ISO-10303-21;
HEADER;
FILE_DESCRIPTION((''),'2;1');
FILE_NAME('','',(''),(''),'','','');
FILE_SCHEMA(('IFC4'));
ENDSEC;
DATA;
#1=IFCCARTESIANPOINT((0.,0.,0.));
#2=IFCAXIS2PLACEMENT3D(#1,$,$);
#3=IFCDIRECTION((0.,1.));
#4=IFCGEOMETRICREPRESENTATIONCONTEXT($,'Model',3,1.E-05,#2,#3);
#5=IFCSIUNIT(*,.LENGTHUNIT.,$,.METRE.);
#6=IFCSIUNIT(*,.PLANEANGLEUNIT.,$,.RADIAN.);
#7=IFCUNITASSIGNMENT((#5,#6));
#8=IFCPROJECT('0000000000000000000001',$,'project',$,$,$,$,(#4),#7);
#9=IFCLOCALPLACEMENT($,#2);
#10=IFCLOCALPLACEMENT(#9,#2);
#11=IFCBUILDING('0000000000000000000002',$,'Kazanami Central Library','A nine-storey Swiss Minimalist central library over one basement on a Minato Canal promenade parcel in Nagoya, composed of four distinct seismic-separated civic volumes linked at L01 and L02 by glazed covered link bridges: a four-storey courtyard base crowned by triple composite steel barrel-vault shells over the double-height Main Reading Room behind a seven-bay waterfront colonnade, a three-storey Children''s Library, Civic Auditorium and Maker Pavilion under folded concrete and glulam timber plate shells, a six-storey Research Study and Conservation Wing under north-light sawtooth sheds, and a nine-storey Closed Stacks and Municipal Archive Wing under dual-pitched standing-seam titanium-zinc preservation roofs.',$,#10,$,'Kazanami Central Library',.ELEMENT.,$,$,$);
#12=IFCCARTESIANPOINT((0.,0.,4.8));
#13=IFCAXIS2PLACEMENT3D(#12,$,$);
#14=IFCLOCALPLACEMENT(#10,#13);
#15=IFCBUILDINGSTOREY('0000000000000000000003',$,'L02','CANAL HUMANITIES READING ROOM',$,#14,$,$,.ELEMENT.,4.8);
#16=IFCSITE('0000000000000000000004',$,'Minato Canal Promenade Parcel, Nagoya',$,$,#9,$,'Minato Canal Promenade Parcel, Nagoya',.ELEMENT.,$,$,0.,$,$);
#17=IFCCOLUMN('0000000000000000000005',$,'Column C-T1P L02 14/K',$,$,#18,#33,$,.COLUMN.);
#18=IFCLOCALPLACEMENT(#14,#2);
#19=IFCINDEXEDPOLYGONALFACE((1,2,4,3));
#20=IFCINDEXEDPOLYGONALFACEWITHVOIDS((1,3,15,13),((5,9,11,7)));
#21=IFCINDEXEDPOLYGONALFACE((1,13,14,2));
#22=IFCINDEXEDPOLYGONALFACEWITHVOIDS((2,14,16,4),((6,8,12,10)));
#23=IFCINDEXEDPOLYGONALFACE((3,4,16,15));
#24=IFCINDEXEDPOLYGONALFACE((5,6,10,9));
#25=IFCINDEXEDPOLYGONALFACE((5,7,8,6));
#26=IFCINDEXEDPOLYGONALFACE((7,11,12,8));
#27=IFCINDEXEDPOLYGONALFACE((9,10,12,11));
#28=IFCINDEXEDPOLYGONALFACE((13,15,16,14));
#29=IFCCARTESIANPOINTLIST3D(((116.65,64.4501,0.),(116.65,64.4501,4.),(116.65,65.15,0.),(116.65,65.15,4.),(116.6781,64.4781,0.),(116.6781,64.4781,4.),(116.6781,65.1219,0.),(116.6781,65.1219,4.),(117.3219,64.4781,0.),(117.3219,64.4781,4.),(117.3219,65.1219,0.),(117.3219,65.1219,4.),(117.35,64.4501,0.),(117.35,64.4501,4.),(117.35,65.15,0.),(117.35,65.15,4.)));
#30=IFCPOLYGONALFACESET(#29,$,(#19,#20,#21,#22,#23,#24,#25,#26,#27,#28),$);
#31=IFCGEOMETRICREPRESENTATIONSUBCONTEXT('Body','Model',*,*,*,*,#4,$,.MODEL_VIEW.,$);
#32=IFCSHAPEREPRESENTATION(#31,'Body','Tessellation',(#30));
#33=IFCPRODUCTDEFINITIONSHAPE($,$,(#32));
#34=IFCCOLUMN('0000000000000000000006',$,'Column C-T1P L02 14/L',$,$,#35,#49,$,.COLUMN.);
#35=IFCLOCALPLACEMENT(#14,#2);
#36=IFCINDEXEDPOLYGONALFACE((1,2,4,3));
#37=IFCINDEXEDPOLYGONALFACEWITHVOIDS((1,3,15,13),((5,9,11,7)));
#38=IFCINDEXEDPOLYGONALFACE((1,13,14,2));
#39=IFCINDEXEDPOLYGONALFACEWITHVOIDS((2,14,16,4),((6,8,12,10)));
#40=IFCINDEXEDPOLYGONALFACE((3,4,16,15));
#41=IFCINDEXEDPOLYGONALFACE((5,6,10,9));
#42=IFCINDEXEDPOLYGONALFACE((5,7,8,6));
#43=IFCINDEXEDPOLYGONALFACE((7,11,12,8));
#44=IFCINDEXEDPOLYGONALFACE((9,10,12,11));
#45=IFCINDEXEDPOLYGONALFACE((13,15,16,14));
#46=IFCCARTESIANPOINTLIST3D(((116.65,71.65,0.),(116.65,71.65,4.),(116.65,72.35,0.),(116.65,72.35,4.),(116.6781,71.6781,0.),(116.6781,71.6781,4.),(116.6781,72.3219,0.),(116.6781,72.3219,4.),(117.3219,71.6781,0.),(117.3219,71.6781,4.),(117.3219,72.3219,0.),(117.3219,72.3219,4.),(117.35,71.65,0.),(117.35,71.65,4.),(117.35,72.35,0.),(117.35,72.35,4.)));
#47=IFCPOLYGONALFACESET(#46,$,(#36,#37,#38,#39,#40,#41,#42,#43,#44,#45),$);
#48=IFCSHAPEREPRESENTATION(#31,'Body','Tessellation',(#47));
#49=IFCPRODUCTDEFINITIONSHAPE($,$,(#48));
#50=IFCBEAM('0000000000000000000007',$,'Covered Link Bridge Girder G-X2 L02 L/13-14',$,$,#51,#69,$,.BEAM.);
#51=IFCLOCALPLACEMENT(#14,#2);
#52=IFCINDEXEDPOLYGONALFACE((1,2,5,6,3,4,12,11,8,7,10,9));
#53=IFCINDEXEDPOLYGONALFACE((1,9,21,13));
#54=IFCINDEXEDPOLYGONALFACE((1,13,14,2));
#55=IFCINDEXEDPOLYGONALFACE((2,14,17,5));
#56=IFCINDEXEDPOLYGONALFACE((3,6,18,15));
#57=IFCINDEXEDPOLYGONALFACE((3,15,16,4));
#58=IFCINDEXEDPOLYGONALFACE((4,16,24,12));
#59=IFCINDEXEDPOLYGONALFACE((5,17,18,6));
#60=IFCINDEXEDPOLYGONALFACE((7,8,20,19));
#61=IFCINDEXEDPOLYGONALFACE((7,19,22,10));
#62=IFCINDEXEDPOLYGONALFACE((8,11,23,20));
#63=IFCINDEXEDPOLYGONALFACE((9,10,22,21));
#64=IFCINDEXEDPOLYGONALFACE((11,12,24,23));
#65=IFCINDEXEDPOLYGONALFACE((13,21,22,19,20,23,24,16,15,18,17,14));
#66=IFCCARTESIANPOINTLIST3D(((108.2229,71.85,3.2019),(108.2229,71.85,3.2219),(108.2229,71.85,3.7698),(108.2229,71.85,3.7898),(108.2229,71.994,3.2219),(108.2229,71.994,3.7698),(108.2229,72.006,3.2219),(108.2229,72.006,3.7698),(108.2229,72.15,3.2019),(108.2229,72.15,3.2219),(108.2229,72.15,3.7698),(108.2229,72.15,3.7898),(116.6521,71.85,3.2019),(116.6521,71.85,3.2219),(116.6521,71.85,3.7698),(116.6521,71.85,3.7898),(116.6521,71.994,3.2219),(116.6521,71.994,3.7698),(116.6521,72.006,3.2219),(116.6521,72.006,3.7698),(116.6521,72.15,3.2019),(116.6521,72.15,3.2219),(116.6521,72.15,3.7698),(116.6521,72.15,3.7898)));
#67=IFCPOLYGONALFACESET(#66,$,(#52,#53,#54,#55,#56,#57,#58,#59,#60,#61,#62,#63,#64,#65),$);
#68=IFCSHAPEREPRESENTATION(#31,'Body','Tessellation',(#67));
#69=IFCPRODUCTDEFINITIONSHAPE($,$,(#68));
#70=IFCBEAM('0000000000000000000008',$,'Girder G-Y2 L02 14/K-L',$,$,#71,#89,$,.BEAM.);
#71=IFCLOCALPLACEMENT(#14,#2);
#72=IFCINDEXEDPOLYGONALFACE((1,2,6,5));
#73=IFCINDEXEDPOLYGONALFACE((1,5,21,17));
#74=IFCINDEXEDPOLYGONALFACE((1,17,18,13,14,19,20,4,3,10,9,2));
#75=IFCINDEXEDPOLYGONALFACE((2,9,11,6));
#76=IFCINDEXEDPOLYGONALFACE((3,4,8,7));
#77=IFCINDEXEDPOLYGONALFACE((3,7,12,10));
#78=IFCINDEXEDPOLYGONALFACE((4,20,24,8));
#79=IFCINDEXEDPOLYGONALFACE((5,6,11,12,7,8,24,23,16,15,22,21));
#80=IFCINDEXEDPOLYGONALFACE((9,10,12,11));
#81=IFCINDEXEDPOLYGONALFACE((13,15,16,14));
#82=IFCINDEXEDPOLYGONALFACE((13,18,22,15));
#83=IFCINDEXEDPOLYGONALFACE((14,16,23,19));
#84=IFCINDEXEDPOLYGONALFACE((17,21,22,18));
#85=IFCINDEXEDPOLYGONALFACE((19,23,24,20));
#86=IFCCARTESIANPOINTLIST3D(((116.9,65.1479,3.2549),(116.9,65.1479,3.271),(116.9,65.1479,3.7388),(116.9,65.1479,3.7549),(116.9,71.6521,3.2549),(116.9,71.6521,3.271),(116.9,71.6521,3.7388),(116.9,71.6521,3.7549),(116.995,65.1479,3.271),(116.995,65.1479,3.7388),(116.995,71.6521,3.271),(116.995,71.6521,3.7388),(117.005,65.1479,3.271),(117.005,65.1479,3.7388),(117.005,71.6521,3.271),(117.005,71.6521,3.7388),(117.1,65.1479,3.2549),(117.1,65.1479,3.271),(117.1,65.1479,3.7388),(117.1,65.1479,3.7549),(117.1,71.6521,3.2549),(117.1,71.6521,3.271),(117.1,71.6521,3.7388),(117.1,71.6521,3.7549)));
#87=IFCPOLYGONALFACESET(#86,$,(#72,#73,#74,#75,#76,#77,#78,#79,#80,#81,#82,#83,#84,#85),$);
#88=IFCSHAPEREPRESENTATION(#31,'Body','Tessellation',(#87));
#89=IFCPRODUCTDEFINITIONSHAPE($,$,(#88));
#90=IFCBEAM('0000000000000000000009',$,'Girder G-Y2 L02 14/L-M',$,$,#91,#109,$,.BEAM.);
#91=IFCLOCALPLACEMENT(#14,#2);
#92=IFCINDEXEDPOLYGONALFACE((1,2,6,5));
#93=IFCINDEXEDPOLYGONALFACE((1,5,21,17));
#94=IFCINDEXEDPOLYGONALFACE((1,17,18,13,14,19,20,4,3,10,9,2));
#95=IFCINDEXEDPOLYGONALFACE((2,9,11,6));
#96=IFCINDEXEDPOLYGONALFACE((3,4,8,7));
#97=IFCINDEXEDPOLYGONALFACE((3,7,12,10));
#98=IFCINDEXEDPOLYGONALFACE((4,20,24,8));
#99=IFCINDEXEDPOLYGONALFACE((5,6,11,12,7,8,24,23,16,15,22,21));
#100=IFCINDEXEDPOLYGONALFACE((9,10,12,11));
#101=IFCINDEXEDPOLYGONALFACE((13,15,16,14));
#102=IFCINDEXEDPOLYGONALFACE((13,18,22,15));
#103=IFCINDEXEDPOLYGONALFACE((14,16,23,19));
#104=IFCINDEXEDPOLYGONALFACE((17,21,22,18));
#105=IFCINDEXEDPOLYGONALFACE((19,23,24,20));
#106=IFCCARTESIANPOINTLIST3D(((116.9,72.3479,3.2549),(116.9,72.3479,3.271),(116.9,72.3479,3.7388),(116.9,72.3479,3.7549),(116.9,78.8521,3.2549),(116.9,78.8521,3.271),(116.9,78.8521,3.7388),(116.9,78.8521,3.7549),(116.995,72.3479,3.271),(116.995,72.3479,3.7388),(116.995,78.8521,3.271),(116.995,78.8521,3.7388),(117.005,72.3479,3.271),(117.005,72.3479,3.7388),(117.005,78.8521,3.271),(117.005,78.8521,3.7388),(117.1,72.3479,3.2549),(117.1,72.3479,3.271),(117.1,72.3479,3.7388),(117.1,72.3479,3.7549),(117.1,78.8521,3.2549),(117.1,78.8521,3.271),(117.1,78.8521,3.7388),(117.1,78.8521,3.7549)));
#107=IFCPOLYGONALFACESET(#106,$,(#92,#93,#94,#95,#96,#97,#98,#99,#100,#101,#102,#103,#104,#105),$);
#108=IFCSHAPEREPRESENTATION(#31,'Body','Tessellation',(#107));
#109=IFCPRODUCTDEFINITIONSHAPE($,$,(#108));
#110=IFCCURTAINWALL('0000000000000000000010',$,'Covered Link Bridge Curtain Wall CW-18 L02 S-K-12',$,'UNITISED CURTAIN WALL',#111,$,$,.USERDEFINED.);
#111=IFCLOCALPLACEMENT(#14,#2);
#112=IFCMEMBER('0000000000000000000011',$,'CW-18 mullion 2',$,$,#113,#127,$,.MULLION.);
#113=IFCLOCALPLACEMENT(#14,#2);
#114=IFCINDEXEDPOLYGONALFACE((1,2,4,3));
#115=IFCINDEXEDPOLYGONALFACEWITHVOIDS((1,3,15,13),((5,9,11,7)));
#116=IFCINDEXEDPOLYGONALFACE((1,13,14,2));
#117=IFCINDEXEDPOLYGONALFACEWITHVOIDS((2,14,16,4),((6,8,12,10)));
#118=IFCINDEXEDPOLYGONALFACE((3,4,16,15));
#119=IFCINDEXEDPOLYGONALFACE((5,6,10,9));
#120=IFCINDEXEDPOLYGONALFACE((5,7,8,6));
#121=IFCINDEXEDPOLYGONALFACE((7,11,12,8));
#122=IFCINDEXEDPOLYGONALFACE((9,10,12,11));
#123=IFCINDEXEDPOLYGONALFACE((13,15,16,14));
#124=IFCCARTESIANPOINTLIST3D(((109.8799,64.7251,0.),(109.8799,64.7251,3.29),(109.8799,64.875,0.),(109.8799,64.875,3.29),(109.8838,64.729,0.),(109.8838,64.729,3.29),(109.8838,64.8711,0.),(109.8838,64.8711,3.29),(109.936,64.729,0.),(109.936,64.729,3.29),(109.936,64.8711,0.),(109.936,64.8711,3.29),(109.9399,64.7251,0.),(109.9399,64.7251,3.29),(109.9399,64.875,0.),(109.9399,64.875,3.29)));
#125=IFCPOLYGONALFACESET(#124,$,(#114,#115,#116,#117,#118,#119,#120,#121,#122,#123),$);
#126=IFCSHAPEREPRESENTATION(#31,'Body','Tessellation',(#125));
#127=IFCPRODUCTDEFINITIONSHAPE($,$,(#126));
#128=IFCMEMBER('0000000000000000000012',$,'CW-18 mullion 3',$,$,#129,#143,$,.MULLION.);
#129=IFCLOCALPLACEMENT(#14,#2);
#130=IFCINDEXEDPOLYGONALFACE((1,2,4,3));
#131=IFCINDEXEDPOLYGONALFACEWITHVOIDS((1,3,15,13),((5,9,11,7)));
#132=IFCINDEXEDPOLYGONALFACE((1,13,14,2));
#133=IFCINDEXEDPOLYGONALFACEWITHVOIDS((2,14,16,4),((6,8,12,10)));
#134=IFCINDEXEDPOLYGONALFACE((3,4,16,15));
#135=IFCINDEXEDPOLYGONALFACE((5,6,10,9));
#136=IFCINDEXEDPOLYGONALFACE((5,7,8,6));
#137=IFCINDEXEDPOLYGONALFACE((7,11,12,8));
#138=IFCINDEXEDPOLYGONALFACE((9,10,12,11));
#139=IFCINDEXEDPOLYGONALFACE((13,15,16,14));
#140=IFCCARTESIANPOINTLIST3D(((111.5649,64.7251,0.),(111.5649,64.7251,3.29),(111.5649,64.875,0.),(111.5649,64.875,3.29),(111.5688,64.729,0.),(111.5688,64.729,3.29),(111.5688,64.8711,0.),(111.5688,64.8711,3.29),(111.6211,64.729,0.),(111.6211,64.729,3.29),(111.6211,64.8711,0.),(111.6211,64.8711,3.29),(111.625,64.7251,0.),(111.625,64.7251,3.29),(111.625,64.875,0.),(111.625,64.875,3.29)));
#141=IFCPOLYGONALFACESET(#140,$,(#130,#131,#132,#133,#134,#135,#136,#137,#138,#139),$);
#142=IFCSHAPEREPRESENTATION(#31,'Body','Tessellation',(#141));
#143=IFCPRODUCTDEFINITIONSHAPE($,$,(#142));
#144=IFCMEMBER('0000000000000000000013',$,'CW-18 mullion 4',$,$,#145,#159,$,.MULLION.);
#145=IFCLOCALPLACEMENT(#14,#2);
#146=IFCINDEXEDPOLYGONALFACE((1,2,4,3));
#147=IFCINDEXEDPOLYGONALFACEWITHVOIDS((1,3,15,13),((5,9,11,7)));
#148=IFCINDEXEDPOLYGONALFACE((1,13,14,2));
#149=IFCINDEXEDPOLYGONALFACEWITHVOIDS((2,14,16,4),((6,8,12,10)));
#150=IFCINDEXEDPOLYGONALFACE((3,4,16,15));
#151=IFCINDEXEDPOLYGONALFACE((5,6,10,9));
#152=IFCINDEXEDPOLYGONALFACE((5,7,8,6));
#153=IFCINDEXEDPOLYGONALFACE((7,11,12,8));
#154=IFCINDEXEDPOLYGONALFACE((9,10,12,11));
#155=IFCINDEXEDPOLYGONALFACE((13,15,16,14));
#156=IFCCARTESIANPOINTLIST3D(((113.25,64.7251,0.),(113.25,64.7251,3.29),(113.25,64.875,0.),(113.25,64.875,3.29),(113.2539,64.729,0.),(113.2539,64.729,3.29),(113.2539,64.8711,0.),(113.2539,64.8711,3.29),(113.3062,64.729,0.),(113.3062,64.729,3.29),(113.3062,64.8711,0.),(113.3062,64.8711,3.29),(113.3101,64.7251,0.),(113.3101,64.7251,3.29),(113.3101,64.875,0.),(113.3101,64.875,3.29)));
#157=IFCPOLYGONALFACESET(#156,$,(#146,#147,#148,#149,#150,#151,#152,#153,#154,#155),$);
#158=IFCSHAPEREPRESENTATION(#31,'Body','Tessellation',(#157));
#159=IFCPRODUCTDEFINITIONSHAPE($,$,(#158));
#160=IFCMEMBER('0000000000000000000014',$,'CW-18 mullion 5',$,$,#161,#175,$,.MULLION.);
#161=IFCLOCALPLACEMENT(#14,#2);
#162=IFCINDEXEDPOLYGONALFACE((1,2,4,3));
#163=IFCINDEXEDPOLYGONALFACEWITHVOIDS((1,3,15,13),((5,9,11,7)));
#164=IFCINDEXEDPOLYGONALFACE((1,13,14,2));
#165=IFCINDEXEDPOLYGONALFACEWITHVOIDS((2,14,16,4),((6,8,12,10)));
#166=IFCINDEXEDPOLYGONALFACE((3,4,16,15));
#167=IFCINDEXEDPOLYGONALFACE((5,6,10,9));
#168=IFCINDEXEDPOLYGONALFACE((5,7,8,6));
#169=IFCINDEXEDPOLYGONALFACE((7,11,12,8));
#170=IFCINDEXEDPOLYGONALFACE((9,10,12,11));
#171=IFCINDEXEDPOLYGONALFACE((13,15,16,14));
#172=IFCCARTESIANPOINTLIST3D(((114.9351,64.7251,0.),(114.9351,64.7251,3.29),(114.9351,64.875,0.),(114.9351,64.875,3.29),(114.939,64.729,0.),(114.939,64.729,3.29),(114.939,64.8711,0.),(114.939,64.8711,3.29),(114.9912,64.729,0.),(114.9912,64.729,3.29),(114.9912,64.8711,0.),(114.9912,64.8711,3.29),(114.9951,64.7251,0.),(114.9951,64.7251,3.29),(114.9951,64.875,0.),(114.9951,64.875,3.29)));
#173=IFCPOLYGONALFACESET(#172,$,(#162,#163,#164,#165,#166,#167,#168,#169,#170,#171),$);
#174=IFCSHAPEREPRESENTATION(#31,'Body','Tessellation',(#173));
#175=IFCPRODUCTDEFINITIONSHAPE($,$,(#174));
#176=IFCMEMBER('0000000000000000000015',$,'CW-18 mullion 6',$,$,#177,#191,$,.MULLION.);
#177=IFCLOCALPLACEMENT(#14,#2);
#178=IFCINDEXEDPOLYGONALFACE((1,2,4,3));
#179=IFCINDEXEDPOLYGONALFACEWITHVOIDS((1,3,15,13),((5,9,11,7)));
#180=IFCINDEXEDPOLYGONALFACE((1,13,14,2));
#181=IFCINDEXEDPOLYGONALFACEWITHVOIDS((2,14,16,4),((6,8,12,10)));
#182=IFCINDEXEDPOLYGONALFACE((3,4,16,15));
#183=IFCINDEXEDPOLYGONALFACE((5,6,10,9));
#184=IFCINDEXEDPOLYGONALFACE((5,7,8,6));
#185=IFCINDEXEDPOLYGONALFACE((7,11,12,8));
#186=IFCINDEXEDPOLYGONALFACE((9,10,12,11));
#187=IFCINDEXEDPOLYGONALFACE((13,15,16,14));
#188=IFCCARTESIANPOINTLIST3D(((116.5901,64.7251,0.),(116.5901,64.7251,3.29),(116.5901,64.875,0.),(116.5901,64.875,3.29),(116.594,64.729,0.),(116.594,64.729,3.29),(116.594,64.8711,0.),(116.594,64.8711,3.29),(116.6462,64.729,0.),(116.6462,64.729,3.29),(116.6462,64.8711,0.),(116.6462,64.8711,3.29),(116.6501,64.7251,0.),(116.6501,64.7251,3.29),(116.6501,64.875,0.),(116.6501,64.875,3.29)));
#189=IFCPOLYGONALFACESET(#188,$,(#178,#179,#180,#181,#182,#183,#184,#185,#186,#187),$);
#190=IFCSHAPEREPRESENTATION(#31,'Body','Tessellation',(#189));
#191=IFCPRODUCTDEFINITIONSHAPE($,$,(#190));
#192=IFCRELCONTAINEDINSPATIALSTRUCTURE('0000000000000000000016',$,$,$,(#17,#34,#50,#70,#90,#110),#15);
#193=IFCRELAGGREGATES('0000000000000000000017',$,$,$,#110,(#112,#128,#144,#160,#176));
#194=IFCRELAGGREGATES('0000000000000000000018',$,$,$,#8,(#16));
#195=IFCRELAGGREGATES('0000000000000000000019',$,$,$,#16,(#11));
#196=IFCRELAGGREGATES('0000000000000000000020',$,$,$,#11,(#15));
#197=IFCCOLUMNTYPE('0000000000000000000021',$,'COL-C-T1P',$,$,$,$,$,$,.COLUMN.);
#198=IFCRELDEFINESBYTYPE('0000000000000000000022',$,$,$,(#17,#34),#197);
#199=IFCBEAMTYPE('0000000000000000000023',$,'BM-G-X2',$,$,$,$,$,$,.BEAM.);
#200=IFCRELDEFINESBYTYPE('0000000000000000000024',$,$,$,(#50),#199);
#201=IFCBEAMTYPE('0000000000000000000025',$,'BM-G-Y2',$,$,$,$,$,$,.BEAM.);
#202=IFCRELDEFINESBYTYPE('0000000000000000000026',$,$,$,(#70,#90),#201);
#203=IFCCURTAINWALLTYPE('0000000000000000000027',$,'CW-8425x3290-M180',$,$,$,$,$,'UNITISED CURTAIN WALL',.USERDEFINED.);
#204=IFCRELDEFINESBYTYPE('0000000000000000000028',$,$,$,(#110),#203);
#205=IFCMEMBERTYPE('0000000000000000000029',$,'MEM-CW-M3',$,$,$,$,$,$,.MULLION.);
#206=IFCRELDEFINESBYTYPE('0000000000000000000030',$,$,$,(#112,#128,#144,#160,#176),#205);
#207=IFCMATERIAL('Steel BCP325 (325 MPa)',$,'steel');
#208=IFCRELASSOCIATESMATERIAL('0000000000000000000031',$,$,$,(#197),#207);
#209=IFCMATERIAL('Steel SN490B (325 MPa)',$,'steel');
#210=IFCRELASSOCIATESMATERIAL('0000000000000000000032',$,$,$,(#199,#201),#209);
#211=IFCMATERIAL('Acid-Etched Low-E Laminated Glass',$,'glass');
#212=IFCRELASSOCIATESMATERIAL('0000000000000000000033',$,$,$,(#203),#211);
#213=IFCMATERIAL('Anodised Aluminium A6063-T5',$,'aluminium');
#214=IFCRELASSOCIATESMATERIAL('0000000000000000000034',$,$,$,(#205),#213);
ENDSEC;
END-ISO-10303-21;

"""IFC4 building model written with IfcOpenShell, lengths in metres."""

from ifc_helpers import new_model, si_unit, direction, frame, origin, origin_2d, place, context, subcontext, project, spatial, hollow_rectangle, i_section, extrude, material, material_profile, profile_set, type_object, element, aggregate, save


model = new_model("IFC4")

# Units and contexts
model_context = context("Model", 3, precision=1e-05, world=origin(), true_north=direction((0.0, 1.0)))
body_context = subcontext(model_context, "Body", "Model", "MODEL_VIEW")
ifc_project = project(units=[si_unit("LENGTHUNIT", "METRE"), si_unit("PLANEANGLEUNIT", "RADIAN")], contexts=[model_context])

# Site, building, storey
site_placement = place(None, origin())
site = spatial("IfcSite", under=ifc_project, at=site_placement, Name="Minato Canal Promenade Parcel, Nagoya", LongName="Minato Canal Promenade Parcel, Nagoya", CompositionType="ELEMENT", RefElevation=0.0)
building_placement = place(site_placement, origin())
building = spatial("IfcBuilding", under=site, at=building_placement, Name="Kazanami Central Library", Description="A nine-storey Swiss Minimalist central library over one basement on a Minato Canal promenade parcel in Nagoya, composed of four distinct seismic-separated civic volumes linked at L01 and L02 by glazed covered link bridges: a four-storey courtyard base crowned by triple composite steel barrel-vault shells over the double-height Main Reading Room behind a seven-bay waterfront colonnade, a three-storey Children's Library, Civic Auditorium and Maker Pavilion under folded concrete and glulam timber plate shells, a six-storey Research Study and Conservation Wing under north-light sawtooth sheds, and a nine-storey Closed Stacks and Municipal Archive Wing under dual-pitched standing-seam titanium-zinc preservation roofs.", LongName="Kazanami Central Library", CompositionType="ELEMENT")
storey_placement = place(building_placement, frame((0.0, 0.0, 4.8)))
storey = spatial("IfcBuildingStorey", under=building, at=storey_placement, Name="L02", Description="CANAL HUMANITIES READING ROOM", CompositionType="ELEMENT", Elevation=4.8)

# Columns
ifc_material_1 = material(Name="Steel BCP325 (325 MPa)", Category="steel")
ifc_material_profile_1 = material_profile(ifc_material_1, hollow_rectangle(XDim=0.7, YDim=0.7, WallThickness=0.0281, at=origin_2d()), Name="BCP-700x700x28")
ifc_profile_set_1 = profile_set([ifc_material_profile_1], Name="Steel BCP325 (325 MPa)")
column_type = type_object("IfcColumnType", Name="COL-C-T1P", PredefinedType="COLUMN", material=ifc_profile_set_1)
for number, where, z_axis, x_axis, name in (
    (1, (117.0, 64.8, 0.0), (0.0, 0.0, 1.0), (1.0, 0.0, 0.0), "Column C-T1P L02 14/K"),
    (2, (117.0, 72.0, 0.0), (0.0, 0.0, 1.0), (1.0, 0.0, 0.0), "Column C-T1P L02 14/L"),
):
    element("IfcColumn", number, at=place(storey_placement, frame(where, z_axis=z_axis, x_axis=x_axis)), inside=storey, type_object=column_type, Name=name, PredefinedType="COLUMN", context=body_context, shape_type="SweptSolid", body=[
        extrude(hollow_rectangle(XDim=0.7, YDim=0.7, WallThickness=0.0281, at=origin_2d()), origin(), (0.0, 0.0, 1.0), 4.0),
    ])

# Beams
ifc_material_2 = material(Name="Steel SN490B (325 MPa)", Category="steel")
ifc_material_profile_2 = material_profile(ifc_material_2, i_section(OverallWidth=0.3, OverallDepth=0.5879, WebThickness=0.012, FlangeThickness=0.02, at=origin_2d()), Name="H-588x300x12x20")
ifc_profile_set_2 = profile_set([ifc_material_profile_2], Name="Steel SN490B (325 MPa)")
beam_type_1 = type_object("IfcBeamType", Name="BM-G-X2", PredefinedType="BEAM", material=ifc_profile_set_2)
beam_placement = place(storey_placement, frame((108.2229, 72.0, 3.4958), z_axis=(1.0, 0.0, 0.0), x_axis=(0.0, 1.0, 0.0)))
element("IfcBeam", 3, at=beam_placement, inside=storey, type_object=beam_type_1, Name="Covered Link Bridge Girder G-X2 L02 L/13-14", PredefinedType="BEAM", context=body_context, shape_type="SweptSolid", body=[
    extrude(i_section(OverallWidth=0.3, OverallDepth=0.5879, WebThickness=0.012, FlangeThickness=0.02, at=origin_2d()), origin(), (0.0, 0.0, 1.0), 8.4292),
])
ifc_material_profile_3 = material_profile(ifc_material_2, i_section(OverallWidth=0.2, OverallDepth=0.5, WebThickness=0.01, FlangeThickness=0.0161, at=origin_2d()), Name="H-500x200x10x16")
ifc_profile_set_3 = profile_set([ifc_material_profile_3], Name="Steel SN490B (325 MPa)")
beam_type_2 = type_object("IfcBeamType", Name="BM-G-Y2", PredefinedType="BEAM", material=ifc_profile_set_3)
for number, where, z_axis, x_axis, name in (
    (4, (117.0, 65.1479, 3.5049), (0.0, 1.0, 0.0), (-1.0, 0.0, 0.0), "Girder G-Y2 L02 14/K-L"),
    (5, (117.0, 72.3479, 3.5049), (0.0, 1.0, 0.0), (-1.0, 0.0, 0.0), "Girder G-Y2 L02 14/L-M"),
):
    element("IfcBeam", number, at=place(storey_placement, frame(where, z_axis=z_axis, x_axis=x_axis)), inside=storey, type_object=beam_type_2, Name=name, PredefinedType="BEAM", context=body_context, shape_type="SweptSolid", body=[
        extrude(i_section(OverallWidth=0.2, OverallDepth=0.5, WebThickness=0.01, FlangeThickness=0.0161, at=origin_2d()), origin(), (0.0, 0.0, 1.0), 6.5042),
    ])

# Curtain wall, members
ifc_material_3 = material(Name="Acid-Etched Low-E Laminated Glass", Category="glass")
curtain_wall_type = type_object("IfcCurtainWallType", Name="CW-8425x3290-M180", ElementType="UNITISED CURTAIN WALL", PredefinedType="USERDEFINED", material=ifc_material_3)
curtain_wall_placement = place(storey_placement, origin())
curtain_wall = element("IfcCurtainWall", 6, at=curtain_wall_placement, inside=storey, type_object=curtain_wall_type, Name="Covered Link Bridge Curtain Wall CW-18 L02 S-K-12", ObjectType="UNITISED CURTAIN WALL", PredefinedType="USERDEFINED")
ifc_material_4 = material(Name="Anodised Aluminium A6063-T5", Category="aluminium")
ifc_material_profile_4 = material_profile(ifc_material_4, hollow_rectangle(XDim=0.0601, YDim=0.1499, WallThickness=0.0039, at=origin_2d()), Name="ALU-MULL-60x150x4")
ifc_profile_set_4 = profile_set([ifc_material_profile_4], Name="Anodised Aluminium A6063-T5")
member_type_1 = type_object("IfcMemberType", Name="MEM-CW-M3", PredefinedType="MULLION", material=ifc_profile_set_4)
member_1_placement = place(storey_placement, frame((109.9099, 64.8, 0.0), z_axis=(0.0, 0.0, 1.0), x_axis=(1.0, 0.0, 0.0)))
member_1 = element("IfcMember", 7, at=member_1_placement, type_object=member_type_1, Name="CW-18 mullion 2", PredefinedType="MULLION", context=body_context, shape_type="SweptSolid", body=[
    extrude(hollow_rectangle(XDim=0.0601, YDim=0.1499, WallThickness=0.0039, at=origin_2d()), origin(), (0.0, 0.0, 1.0), 3.29),
])
member_2_placement = place(storey_placement, frame((111.595, 64.8, 0.0), z_axis=(0.0, 0.0, 1.0), x_axis=(1.0, 0.0, 0.0)))
member_2 = element("IfcMember", 8, at=member_2_placement, type_object=member_type_1, Name="CW-18 mullion 3", PredefinedType="MULLION", context=body_context, shape_type="SweptSolid", body=[
    extrude(hollow_rectangle(XDim=0.0601, YDim=0.1499, WallThickness=0.0039, at=origin_2d()), origin(), (0.0, 0.0, 1.0), 3.29),
])
member_3_placement = place(storey_placement, frame((113.28, 64.8, 0.0), z_axis=(0.0, 0.0, 1.0), x_axis=(1.0, 0.0, 0.0)))
member_3 = element("IfcMember", 9, at=member_3_placement, type_object=member_type_1, Name="CW-18 mullion 4", PredefinedType="MULLION", context=body_context, shape_type="SweptSolid", body=[
    extrude(hollow_rectangle(XDim=0.0601, YDim=0.1499, WallThickness=0.0039, at=origin_2d()), origin(), (0.0, 0.0, 1.0), 3.29),
])
member_4_placement = place(storey_placement, frame((114.9651, 64.8, 0.0), z_axis=(0.0, 0.0, 1.0), x_axis=(1.0, 0.0, 0.0)))
member_4 = element("IfcMember", 10, at=member_4_placement, type_object=member_type_1, Name="CW-18 mullion 5", PredefinedType="MULLION", context=body_context, shape_type="SweptSolid", body=[
    extrude(hollow_rectangle(XDim=0.0601, YDim=0.1499, WallThickness=0.0039, at=origin_2d()), origin(), (0.0, 0.0, 1.0), 3.29),
])
member_5_placement = place(storey_placement, frame((116.6201, 64.8, 0.0), z_axis=(0.0, 0.0, 1.0), x_axis=(1.0, 0.0, 0.0)))
member_5 = element("IfcMember", 11, at=member_5_placement, type_object=member_type_1, Name="CW-18 mullion 6", PredefinedType="MULLION", context=body_context, shape_type="SweptSolid", body=[
    extrude(hollow_rectangle(XDim=0.0601, YDim=0.1499, WallThickness=0.0039, at=origin_2d()), origin(), (0.0, 0.0, 1.0), 3.29),
])
aggregate(curtain_wall, [member_1, member_2, member_3, member_4, member_5])

save(model, "model.ifc")
